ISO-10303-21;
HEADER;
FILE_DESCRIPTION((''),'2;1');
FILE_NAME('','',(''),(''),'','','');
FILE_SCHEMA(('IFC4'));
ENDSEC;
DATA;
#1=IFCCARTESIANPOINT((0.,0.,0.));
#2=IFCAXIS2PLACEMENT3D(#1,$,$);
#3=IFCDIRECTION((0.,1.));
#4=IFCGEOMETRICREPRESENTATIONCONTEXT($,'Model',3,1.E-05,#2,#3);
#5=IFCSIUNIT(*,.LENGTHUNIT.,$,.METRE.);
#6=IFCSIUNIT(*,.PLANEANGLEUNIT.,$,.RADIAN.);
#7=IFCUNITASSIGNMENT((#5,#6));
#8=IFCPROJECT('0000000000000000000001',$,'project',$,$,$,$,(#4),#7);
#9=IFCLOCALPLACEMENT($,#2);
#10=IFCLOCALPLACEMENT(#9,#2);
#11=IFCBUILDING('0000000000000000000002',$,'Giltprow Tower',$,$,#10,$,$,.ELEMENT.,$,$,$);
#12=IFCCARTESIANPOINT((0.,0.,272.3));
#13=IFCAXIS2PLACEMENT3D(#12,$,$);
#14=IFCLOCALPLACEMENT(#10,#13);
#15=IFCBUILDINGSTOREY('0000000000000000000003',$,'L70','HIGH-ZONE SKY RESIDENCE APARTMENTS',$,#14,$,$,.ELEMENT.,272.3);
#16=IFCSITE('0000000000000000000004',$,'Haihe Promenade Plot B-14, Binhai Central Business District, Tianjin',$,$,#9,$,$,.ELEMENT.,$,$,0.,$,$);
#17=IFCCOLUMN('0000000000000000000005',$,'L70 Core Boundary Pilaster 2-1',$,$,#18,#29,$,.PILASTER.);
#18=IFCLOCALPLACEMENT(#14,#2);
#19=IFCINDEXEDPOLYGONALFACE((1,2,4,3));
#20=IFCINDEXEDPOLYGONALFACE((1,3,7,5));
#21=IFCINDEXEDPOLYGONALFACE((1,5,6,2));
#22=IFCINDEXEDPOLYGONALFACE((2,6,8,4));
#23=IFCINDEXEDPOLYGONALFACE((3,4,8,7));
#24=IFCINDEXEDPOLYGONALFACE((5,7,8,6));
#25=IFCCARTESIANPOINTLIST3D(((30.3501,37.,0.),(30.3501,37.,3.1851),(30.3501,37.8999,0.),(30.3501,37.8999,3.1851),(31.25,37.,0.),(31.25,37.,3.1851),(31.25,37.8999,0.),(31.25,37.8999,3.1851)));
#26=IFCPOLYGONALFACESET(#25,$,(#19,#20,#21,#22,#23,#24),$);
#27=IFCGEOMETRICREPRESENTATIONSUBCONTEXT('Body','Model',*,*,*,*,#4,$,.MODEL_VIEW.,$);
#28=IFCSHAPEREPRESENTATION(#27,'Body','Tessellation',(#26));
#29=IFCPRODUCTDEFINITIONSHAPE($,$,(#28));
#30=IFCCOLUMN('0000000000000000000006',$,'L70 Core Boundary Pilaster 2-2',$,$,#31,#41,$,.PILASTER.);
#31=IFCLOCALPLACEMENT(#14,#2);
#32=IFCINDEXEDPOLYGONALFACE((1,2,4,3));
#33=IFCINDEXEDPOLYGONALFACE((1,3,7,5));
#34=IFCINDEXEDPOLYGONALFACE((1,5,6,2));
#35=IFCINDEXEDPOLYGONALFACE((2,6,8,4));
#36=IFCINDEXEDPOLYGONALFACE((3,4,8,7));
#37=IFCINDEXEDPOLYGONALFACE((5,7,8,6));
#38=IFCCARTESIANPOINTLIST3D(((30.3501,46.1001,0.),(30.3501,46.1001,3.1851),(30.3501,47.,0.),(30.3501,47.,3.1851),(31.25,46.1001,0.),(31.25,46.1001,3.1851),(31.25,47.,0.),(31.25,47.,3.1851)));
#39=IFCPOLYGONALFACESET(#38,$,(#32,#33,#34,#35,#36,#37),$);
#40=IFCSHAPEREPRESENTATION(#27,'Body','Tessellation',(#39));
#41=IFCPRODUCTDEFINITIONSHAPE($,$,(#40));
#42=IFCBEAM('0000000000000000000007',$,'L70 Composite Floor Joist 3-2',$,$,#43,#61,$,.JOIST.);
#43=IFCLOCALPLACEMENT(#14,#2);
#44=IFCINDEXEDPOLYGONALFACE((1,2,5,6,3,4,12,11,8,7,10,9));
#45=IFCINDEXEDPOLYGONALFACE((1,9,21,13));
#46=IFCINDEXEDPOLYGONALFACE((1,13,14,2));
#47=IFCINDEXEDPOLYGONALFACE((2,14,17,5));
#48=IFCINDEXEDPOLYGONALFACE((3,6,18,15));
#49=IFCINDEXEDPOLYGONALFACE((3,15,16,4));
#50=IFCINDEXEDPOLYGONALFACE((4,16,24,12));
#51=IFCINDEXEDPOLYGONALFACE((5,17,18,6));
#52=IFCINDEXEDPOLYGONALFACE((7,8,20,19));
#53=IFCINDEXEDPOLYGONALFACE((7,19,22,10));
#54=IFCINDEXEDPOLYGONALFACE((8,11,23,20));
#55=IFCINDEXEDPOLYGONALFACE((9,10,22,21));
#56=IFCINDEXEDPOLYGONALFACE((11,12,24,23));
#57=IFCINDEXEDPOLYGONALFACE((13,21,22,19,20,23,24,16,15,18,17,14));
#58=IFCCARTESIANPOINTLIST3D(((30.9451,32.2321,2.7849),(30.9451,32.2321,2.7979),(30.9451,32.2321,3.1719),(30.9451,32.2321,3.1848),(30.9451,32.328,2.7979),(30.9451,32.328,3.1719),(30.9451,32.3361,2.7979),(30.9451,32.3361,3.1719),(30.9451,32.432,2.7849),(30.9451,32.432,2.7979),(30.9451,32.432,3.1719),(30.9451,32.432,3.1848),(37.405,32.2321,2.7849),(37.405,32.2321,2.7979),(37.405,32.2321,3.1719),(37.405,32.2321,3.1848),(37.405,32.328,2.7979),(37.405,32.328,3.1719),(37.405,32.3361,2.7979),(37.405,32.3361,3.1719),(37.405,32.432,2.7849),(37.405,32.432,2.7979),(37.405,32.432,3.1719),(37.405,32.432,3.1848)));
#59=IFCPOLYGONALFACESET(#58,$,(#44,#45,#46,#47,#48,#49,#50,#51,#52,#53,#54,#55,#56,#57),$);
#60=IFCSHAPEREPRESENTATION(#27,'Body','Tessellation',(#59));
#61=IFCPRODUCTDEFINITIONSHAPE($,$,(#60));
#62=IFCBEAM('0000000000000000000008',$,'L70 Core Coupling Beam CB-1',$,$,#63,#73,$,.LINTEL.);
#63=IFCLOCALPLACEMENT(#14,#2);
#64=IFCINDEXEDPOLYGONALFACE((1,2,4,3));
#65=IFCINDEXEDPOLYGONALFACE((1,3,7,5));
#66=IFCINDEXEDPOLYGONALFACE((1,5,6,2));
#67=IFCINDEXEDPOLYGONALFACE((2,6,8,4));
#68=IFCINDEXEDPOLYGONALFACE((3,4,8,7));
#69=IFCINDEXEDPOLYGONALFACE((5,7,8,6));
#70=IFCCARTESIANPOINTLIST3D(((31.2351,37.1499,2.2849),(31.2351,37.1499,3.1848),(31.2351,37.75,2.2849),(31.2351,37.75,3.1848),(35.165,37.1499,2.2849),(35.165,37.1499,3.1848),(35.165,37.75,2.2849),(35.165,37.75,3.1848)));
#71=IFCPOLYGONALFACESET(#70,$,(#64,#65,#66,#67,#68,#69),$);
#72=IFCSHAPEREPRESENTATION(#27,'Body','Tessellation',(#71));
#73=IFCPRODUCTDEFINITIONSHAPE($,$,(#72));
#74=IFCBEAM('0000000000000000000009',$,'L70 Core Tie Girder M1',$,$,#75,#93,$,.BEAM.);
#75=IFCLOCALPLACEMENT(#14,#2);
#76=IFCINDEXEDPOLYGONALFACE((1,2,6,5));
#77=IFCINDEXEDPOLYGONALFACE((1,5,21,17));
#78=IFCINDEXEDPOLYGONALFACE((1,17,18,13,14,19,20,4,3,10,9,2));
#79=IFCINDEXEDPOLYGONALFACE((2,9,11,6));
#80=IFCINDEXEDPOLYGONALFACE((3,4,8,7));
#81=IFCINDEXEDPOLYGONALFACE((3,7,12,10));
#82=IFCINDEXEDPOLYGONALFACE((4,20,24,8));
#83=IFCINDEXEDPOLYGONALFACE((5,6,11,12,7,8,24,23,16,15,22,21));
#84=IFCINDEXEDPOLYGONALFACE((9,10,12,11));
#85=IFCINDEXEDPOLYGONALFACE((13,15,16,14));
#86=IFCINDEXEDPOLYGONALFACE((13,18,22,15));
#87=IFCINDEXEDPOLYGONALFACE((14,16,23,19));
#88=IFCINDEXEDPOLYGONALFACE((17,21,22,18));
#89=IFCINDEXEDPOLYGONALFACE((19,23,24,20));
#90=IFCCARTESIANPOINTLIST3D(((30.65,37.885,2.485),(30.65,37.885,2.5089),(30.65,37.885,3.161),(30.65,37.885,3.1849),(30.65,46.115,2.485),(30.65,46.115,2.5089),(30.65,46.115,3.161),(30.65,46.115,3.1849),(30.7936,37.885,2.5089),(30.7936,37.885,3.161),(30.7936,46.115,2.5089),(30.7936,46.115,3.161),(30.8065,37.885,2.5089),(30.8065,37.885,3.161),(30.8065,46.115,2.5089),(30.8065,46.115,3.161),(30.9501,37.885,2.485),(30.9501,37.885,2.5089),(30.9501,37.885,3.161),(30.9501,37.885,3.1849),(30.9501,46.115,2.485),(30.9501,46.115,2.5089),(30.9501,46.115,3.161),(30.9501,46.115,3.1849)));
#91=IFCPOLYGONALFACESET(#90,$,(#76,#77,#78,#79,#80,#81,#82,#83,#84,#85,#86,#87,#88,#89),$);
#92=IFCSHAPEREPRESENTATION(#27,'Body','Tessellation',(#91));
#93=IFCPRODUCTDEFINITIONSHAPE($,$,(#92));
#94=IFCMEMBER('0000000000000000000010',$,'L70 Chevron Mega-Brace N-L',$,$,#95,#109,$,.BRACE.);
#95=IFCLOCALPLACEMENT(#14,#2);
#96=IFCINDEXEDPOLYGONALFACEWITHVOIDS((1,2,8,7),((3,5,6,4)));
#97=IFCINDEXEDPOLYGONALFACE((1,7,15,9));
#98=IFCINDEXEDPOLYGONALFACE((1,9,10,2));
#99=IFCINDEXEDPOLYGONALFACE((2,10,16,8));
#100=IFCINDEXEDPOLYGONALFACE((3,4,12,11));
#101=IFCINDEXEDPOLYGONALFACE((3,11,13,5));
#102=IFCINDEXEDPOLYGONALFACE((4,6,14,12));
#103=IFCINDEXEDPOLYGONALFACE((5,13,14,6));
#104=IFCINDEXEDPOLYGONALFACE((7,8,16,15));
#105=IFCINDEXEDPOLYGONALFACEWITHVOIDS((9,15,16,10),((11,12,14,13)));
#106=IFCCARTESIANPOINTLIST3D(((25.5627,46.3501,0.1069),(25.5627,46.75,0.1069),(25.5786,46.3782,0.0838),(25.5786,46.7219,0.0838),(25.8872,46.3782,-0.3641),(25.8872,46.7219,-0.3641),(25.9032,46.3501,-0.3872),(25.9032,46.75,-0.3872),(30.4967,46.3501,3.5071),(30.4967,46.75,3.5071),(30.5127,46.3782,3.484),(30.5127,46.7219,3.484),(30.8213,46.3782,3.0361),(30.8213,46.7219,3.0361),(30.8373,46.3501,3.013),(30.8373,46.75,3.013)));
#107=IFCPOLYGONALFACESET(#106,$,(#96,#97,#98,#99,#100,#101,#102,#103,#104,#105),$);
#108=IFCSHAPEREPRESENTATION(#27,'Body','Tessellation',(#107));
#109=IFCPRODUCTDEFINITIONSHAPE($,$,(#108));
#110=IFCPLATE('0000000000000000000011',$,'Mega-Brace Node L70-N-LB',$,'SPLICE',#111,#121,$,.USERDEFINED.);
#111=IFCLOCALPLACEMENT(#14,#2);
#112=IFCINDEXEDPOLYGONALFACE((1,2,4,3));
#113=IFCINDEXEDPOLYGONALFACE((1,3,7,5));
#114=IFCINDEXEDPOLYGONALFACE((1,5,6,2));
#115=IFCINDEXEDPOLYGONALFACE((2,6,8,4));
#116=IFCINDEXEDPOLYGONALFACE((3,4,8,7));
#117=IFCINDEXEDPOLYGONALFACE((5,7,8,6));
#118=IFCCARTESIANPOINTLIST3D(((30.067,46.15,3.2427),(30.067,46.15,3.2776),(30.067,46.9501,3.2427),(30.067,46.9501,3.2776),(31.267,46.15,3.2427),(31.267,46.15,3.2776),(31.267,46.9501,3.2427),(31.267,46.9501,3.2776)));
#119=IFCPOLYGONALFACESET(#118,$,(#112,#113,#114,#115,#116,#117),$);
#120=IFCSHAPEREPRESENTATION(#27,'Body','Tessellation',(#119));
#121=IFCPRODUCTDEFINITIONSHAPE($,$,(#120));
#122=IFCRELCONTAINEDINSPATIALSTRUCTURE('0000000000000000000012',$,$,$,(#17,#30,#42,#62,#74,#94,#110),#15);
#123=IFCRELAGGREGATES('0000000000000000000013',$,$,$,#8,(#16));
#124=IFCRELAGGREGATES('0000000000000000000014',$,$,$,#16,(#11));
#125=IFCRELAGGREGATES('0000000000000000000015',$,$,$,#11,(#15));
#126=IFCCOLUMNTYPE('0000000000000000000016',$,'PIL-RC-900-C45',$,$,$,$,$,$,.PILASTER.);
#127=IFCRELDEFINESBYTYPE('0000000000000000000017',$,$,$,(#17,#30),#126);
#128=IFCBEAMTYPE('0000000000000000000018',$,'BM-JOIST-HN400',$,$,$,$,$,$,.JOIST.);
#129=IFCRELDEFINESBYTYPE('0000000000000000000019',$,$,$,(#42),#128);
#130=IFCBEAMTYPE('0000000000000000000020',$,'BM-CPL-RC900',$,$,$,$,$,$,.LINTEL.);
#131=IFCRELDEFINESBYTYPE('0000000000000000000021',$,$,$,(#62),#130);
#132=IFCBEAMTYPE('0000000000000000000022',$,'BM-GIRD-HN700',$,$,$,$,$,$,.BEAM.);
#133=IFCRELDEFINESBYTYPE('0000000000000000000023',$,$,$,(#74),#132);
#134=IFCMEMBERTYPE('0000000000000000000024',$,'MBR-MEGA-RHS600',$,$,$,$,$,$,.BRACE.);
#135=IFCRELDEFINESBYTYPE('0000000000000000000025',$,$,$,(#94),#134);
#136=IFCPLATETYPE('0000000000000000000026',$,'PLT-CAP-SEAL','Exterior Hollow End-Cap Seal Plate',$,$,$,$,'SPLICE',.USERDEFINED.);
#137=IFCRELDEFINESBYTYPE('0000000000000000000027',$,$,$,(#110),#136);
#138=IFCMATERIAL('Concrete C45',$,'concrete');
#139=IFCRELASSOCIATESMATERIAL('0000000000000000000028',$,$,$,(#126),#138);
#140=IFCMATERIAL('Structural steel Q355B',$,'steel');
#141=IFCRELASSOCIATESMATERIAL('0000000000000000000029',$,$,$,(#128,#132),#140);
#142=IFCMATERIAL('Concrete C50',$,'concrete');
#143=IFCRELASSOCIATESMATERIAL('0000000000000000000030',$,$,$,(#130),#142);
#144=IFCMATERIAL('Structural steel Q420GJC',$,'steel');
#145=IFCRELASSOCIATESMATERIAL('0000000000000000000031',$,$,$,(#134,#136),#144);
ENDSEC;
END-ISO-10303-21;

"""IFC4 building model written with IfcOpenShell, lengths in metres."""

from ifc_helpers import new_model, si_unit, direction, frame, origin, origin_2d, place, context, subcontext, project, spatial, rectangle, hollow_rectangle, i_section, extrude, source, transform, mapped, material, material_profile, profile_set, type_object, element, save


model = new_model("IFC4")

# Units and contexts
model_context = context("Model", 3, precision=1e-05, world=origin(), true_north=direction((0.0, 1.0)))
body_context = subcontext(model_context, "Body", "Model", "MODEL_VIEW")
ifc_project = project(units=[si_unit("LENGTHUNIT", "METRE"), si_unit("PLANEANGLEUNIT", "RADIAN")], contexts=[model_context])

# Site, building, storey
site_placement = place(None, origin())
site = spatial("IfcSite", under=ifc_project, at=site_placement, Name="Haihe Promenade Plot B-14, Binhai Central Business District, Tianjin", CompositionType="ELEMENT", RefElevation=0.0)
building_placement = place(site_placement, origin())
building = spatial("IfcBuilding", under=site, at=building_placement, Name="Giltprow Tower", CompositionType="ELEMENT")
storey_placement = place(building_placement, frame((0.0, 0.0, 272.3)))
storey = spatial("IfcBuildingStorey", under=building, at=storey_placement, Name="L70", Description="HIGH-ZONE SKY RESIDENCE APARTMENTS", CompositionType="ELEMENT", Elevation=272.3)

# Columns
ifc_material_1 = material(Name="Concrete C45", Category="concrete")
ifc_material_profile_1 = material_profile(ifc_material_1, rectangle(XDim=0.8999, YDim=0.8999, at=origin_2d()), Name="RC 900x900")
ifc_profile_set_1 = profile_set([ifc_material_profile_1], Name="Concrete C45")
column_type = type_object("IfcColumnType", Name="PIL-RC-900-C45", PredefinedType="PILASTER", material=ifc_profile_set_1)
shared_shape_1 = source(origin(), body_context, "Body", "SweptSolid", [
    extrude(rectangle(XDim=0.8999, YDim=0.8999, at=origin_2d()), origin(), (0.0, 0.0, 1.0), 3.1851),
])
for number, where, z_axis, x_axis, name in (
    (1, (30.8, 37.45, 0.0), (0.0, 0.0, 1.0), (1.0, 0.0, 0.0), "L70 Core Boundary Pilaster 2-1"),
    (2, (30.8, 46.55, 0.0), (0.0, 0.0, 1.0), (1.0, 0.0, 0.0), "L70 Core Boundary Pilaster 2-2"),
):
    element("IfcColumn", number, at=place(storey_placement, frame(where, z_axis=z_axis, x_axis=x_axis)), inside=storey, type_object=column_type, Name=name, PredefinedType="PILASTER", context=body_context, shape_type="MappedRepresentation", body=[
        mapped(shared_shape_1, transform((0.0, 0.0, 0.0), x_axis=(1.0, 0.0, 0.0), y_axis=(0.0, 1.0, 0.0), z_axis=(0.0, 0.0, 1.0), scale=1.0)),
    ])

# Beams
ifc_material_2 = material(Name="Structural steel Q355B", Category="steel")
ifc_material_profile_2 = material_profile(ifc_material_2, i_section(OverallWidth=0.2, OverallDepth=0.3999, WebThickness=0.0081, FlangeThickness=0.0129, at=origin_2d()), Name="HN 400x200x8x13")
ifc_profile_set_2 = profile_set([ifc_material_profile_2], Name="Structural steel Q355B")
beam_type_1 = type_object("IfcBeamType", Name="BM-JOIST-HN400", PredefinedType="JOIST", material=ifc_profile_set_2)
shared_shape_2 = source(origin(), body_context, "Body", "SweptSolid", [
    extrude(i_section(OverallWidth=0.2, OverallDepth=0.3999, WebThickness=0.0081, FlangeThickness=0.0129, at=origin_2d()), origin(), (0.0, 0.0, 1.0), 6.46),
])
beam_1_placement = place(storey_placement, frame((30.9451, 32.332, 2.9849), z_axis=(1.0, 0.0, 0.0), x_axis=(0.0, 1.0, 0.0)))
element("IfcBeam", 3, at=beam_1_placement, inside=storey, type_object=beam_type_1, Name="L70 Composite Floor Joist 3-2", PredefinedType="JOIST", context=body_context, shape_type="MappedRepresentation", body=[
    mapped(shared_shape_2, transform((0.0, 0.0, 0.0), x_axis=(1.0, 0.0, 0.0), y_axis=(0.0, 1.0, 0.0), z_axis=(0.0, 0.0, 1.0), scale=1.0)),
])
ifc_material_3 = material(Name="Concrete C50", Category="concrete")
ifc_material_profile_3 = material_profile(ifc_material_3, rectangle(XDim=0.6001, YDim=0.8999, at=origin_2d()), Name="RC 900x600")
ifc_profile_set_3 = profile_set([ifc_material_profile_3], Name="Concrete C50")
beam_type_2 = type_object("IfcBeamType", Name="BM-CPL-RC900", PredefinedType="LINTEL", material=ifc_profile_set_3)
shared_shape_3 = source(origin(), body_context, "Body", "SweptSolid", [
    extrude(rectangle(XDim=0.6001, YDim=0.8999, at=origin_2d()), origin(), (0.0, 0.0, 1.0), 3.9299),
])
beam_2_placement = place(storey_placement, frame((31.2351, 37.45, 2.7349), z_axis=(1.0, 0.0, 0.0), x_axis=(0.0, 1.0, 0.0)))
element("IfcBeam", 4, at=beam_2_placement, inside=storey, type_object=beam_type_2, Name="L70 Core Coupling Beam CB-1", PredefinedType="LINTEL", context=body_context, shape_type="MappedRepresentation", body=[
    mapped(shared_shape_3, transform((0.0, 0.0, 0.0), x_axis=(1.0, 0.0, 0.0), y_axis=(0.0, 1.0, 0.0), z_axis=(0.0, 0.0, 1.0), scale=1.0)),
])
ifc_material_profile_4 = material_profile(ifc_material_2, i_section(OverallWidth=0.3, OverallDepth=0.7, WebThickness=0.0129, FlangeThickness=0.0239, at=origin_2d()), Name="HN 700x300x13x24")
ifc_profile_set_4 = profile_set([ifc_material_profile_4], Name="Structural steel Q355B")
beam_type_3 = type_object("IfcBeamType", Name="BM-GIRD-HN700", PredefinedType="BEAM", material=ifc_profile_set_4)
shared_shape_4 = source(origin(), body_context, "Body", "SweptSolid", [
    extrude(i_section(OverallWidth=0.3, OverallDepth=0.7, WebThickness=0.0129, FlangeThickness=0.0239, at=origin_2d()), origin(), (0.0, 0.0, 1.0), 8.23),
])
beam_3_placement = place(storey_placement, frame((30.8, 37.885, 2.835), z_axis=(0.0, 1.0, 0.0), x_axis=(-1.0, 0.0, 0.0)))
element("IfcBeam", 5, at=beam_3_placement, inside=storey, type_object=beam_type_3, Name="L70 Core Tie Girder M1", PredefinedType="BEAM", context=body_context, shape_type="MappedRepresentation", body=[
    mapped(shared_shape_4, transform((0.0, 0.0, 0.0), x_axis=(1.0, 0.0, 0.0), y_axis=(0.0, 1.0, 0.0), z_axis=(0.0, 0.0, 1.0), scale=1.0)),
])

# Member
ifc_material_4 = material(Name="Structural steel Q420GJC", Category="steel")
ifc_material_profile_5 = material_profile(ifc_material_4, hollow_rectangle(XDim=0.3999, YDim=0.6001, WallThickness=0.0281, at=origin_2d()), Name="RHS 600x400x28")
ifc_profile_set_5 = profile_set([ifc_material_profile_5], Name="Structural steel Q420GJC")
member_type = type_object("IfcMemberType", Name="MBR-MEGA-RHS600", PredefinedType="BRACE", material=ifc_profile_set_5)
shared_shape_5 = source(origin(), body_context, "Body", "SweptSolid", [
    extrude(hollow_rectangle(XDim=0.3999, YDim=0.6001, WallThickness=0.0281, at=origin_2d()), origin(), (0.0, 0.0, 1.0), 5.9922),
])
member_placement = place(storey_placement, frame((25.7329, 46.55, -0.1401), z_axis=(0.823421, 0.0, 0.567431), x_axis=(0.0, 1.0, 0.0)))
element("IfcMember", 6, at=member_placement, inside=storey, type_object=member_type, Name="L70 Chevron Mega-Brace N-L", PredefinedType="BRACE", context=body_context, shape_type="MappedRepresentation", body=[
    mapped(shared_shape_5, transform((0.0, 0.0, 0.0), x_axis=(1.0, 0.0, 0.0), y_axis=(0.0, 1.0, 0.0), z_axis=(0.0, 0.0, 1.0), scale=1.0)),
])

# Plate
plate_type = type_object("IfcPlateType", Name="PLT-CAP-SEAL", Description="Exterior Hollow End-Cap Seal Plate", ElementType="SPLICE", PredefinedType="USERDEFINED", material=ifc_material_4)
shared_shape_6 = source(origin(), body_context, "Body", "SweptSolid", [
    extrude(rectangle(XDim=1.2, YDim=0.8, at=origin_2d()), origin(), (0.0, 0.0, 1.0), 0.0349),
])
plate_placement = place(storey_placement, frame((30.667, 46.55, 3.2427), z_axis=(0.0, 0.0, 1.0), x_axis=(1.0, 0.0, 0.0)))
element("IfcPlate", 7, at=plate_placement, inside=storey, type_object=plate_type, Name="Mega-Brace Node L70-N-LB", ObjectType="SPLICE", PredefinedType="USERDEFINED", context=body_context, shape_type="MappedRepresentation", body=[
    mapped(shared_shape_6, transform((0.0, 0.0, 0.0), x_axis=(1.0, 0.0, 0.0), y_axis=(0.0, 1.0, 0.0), z_axis=(0.0, 0.0, 1.0), scale=1.0)),
])

save(model, "model.ifc")
